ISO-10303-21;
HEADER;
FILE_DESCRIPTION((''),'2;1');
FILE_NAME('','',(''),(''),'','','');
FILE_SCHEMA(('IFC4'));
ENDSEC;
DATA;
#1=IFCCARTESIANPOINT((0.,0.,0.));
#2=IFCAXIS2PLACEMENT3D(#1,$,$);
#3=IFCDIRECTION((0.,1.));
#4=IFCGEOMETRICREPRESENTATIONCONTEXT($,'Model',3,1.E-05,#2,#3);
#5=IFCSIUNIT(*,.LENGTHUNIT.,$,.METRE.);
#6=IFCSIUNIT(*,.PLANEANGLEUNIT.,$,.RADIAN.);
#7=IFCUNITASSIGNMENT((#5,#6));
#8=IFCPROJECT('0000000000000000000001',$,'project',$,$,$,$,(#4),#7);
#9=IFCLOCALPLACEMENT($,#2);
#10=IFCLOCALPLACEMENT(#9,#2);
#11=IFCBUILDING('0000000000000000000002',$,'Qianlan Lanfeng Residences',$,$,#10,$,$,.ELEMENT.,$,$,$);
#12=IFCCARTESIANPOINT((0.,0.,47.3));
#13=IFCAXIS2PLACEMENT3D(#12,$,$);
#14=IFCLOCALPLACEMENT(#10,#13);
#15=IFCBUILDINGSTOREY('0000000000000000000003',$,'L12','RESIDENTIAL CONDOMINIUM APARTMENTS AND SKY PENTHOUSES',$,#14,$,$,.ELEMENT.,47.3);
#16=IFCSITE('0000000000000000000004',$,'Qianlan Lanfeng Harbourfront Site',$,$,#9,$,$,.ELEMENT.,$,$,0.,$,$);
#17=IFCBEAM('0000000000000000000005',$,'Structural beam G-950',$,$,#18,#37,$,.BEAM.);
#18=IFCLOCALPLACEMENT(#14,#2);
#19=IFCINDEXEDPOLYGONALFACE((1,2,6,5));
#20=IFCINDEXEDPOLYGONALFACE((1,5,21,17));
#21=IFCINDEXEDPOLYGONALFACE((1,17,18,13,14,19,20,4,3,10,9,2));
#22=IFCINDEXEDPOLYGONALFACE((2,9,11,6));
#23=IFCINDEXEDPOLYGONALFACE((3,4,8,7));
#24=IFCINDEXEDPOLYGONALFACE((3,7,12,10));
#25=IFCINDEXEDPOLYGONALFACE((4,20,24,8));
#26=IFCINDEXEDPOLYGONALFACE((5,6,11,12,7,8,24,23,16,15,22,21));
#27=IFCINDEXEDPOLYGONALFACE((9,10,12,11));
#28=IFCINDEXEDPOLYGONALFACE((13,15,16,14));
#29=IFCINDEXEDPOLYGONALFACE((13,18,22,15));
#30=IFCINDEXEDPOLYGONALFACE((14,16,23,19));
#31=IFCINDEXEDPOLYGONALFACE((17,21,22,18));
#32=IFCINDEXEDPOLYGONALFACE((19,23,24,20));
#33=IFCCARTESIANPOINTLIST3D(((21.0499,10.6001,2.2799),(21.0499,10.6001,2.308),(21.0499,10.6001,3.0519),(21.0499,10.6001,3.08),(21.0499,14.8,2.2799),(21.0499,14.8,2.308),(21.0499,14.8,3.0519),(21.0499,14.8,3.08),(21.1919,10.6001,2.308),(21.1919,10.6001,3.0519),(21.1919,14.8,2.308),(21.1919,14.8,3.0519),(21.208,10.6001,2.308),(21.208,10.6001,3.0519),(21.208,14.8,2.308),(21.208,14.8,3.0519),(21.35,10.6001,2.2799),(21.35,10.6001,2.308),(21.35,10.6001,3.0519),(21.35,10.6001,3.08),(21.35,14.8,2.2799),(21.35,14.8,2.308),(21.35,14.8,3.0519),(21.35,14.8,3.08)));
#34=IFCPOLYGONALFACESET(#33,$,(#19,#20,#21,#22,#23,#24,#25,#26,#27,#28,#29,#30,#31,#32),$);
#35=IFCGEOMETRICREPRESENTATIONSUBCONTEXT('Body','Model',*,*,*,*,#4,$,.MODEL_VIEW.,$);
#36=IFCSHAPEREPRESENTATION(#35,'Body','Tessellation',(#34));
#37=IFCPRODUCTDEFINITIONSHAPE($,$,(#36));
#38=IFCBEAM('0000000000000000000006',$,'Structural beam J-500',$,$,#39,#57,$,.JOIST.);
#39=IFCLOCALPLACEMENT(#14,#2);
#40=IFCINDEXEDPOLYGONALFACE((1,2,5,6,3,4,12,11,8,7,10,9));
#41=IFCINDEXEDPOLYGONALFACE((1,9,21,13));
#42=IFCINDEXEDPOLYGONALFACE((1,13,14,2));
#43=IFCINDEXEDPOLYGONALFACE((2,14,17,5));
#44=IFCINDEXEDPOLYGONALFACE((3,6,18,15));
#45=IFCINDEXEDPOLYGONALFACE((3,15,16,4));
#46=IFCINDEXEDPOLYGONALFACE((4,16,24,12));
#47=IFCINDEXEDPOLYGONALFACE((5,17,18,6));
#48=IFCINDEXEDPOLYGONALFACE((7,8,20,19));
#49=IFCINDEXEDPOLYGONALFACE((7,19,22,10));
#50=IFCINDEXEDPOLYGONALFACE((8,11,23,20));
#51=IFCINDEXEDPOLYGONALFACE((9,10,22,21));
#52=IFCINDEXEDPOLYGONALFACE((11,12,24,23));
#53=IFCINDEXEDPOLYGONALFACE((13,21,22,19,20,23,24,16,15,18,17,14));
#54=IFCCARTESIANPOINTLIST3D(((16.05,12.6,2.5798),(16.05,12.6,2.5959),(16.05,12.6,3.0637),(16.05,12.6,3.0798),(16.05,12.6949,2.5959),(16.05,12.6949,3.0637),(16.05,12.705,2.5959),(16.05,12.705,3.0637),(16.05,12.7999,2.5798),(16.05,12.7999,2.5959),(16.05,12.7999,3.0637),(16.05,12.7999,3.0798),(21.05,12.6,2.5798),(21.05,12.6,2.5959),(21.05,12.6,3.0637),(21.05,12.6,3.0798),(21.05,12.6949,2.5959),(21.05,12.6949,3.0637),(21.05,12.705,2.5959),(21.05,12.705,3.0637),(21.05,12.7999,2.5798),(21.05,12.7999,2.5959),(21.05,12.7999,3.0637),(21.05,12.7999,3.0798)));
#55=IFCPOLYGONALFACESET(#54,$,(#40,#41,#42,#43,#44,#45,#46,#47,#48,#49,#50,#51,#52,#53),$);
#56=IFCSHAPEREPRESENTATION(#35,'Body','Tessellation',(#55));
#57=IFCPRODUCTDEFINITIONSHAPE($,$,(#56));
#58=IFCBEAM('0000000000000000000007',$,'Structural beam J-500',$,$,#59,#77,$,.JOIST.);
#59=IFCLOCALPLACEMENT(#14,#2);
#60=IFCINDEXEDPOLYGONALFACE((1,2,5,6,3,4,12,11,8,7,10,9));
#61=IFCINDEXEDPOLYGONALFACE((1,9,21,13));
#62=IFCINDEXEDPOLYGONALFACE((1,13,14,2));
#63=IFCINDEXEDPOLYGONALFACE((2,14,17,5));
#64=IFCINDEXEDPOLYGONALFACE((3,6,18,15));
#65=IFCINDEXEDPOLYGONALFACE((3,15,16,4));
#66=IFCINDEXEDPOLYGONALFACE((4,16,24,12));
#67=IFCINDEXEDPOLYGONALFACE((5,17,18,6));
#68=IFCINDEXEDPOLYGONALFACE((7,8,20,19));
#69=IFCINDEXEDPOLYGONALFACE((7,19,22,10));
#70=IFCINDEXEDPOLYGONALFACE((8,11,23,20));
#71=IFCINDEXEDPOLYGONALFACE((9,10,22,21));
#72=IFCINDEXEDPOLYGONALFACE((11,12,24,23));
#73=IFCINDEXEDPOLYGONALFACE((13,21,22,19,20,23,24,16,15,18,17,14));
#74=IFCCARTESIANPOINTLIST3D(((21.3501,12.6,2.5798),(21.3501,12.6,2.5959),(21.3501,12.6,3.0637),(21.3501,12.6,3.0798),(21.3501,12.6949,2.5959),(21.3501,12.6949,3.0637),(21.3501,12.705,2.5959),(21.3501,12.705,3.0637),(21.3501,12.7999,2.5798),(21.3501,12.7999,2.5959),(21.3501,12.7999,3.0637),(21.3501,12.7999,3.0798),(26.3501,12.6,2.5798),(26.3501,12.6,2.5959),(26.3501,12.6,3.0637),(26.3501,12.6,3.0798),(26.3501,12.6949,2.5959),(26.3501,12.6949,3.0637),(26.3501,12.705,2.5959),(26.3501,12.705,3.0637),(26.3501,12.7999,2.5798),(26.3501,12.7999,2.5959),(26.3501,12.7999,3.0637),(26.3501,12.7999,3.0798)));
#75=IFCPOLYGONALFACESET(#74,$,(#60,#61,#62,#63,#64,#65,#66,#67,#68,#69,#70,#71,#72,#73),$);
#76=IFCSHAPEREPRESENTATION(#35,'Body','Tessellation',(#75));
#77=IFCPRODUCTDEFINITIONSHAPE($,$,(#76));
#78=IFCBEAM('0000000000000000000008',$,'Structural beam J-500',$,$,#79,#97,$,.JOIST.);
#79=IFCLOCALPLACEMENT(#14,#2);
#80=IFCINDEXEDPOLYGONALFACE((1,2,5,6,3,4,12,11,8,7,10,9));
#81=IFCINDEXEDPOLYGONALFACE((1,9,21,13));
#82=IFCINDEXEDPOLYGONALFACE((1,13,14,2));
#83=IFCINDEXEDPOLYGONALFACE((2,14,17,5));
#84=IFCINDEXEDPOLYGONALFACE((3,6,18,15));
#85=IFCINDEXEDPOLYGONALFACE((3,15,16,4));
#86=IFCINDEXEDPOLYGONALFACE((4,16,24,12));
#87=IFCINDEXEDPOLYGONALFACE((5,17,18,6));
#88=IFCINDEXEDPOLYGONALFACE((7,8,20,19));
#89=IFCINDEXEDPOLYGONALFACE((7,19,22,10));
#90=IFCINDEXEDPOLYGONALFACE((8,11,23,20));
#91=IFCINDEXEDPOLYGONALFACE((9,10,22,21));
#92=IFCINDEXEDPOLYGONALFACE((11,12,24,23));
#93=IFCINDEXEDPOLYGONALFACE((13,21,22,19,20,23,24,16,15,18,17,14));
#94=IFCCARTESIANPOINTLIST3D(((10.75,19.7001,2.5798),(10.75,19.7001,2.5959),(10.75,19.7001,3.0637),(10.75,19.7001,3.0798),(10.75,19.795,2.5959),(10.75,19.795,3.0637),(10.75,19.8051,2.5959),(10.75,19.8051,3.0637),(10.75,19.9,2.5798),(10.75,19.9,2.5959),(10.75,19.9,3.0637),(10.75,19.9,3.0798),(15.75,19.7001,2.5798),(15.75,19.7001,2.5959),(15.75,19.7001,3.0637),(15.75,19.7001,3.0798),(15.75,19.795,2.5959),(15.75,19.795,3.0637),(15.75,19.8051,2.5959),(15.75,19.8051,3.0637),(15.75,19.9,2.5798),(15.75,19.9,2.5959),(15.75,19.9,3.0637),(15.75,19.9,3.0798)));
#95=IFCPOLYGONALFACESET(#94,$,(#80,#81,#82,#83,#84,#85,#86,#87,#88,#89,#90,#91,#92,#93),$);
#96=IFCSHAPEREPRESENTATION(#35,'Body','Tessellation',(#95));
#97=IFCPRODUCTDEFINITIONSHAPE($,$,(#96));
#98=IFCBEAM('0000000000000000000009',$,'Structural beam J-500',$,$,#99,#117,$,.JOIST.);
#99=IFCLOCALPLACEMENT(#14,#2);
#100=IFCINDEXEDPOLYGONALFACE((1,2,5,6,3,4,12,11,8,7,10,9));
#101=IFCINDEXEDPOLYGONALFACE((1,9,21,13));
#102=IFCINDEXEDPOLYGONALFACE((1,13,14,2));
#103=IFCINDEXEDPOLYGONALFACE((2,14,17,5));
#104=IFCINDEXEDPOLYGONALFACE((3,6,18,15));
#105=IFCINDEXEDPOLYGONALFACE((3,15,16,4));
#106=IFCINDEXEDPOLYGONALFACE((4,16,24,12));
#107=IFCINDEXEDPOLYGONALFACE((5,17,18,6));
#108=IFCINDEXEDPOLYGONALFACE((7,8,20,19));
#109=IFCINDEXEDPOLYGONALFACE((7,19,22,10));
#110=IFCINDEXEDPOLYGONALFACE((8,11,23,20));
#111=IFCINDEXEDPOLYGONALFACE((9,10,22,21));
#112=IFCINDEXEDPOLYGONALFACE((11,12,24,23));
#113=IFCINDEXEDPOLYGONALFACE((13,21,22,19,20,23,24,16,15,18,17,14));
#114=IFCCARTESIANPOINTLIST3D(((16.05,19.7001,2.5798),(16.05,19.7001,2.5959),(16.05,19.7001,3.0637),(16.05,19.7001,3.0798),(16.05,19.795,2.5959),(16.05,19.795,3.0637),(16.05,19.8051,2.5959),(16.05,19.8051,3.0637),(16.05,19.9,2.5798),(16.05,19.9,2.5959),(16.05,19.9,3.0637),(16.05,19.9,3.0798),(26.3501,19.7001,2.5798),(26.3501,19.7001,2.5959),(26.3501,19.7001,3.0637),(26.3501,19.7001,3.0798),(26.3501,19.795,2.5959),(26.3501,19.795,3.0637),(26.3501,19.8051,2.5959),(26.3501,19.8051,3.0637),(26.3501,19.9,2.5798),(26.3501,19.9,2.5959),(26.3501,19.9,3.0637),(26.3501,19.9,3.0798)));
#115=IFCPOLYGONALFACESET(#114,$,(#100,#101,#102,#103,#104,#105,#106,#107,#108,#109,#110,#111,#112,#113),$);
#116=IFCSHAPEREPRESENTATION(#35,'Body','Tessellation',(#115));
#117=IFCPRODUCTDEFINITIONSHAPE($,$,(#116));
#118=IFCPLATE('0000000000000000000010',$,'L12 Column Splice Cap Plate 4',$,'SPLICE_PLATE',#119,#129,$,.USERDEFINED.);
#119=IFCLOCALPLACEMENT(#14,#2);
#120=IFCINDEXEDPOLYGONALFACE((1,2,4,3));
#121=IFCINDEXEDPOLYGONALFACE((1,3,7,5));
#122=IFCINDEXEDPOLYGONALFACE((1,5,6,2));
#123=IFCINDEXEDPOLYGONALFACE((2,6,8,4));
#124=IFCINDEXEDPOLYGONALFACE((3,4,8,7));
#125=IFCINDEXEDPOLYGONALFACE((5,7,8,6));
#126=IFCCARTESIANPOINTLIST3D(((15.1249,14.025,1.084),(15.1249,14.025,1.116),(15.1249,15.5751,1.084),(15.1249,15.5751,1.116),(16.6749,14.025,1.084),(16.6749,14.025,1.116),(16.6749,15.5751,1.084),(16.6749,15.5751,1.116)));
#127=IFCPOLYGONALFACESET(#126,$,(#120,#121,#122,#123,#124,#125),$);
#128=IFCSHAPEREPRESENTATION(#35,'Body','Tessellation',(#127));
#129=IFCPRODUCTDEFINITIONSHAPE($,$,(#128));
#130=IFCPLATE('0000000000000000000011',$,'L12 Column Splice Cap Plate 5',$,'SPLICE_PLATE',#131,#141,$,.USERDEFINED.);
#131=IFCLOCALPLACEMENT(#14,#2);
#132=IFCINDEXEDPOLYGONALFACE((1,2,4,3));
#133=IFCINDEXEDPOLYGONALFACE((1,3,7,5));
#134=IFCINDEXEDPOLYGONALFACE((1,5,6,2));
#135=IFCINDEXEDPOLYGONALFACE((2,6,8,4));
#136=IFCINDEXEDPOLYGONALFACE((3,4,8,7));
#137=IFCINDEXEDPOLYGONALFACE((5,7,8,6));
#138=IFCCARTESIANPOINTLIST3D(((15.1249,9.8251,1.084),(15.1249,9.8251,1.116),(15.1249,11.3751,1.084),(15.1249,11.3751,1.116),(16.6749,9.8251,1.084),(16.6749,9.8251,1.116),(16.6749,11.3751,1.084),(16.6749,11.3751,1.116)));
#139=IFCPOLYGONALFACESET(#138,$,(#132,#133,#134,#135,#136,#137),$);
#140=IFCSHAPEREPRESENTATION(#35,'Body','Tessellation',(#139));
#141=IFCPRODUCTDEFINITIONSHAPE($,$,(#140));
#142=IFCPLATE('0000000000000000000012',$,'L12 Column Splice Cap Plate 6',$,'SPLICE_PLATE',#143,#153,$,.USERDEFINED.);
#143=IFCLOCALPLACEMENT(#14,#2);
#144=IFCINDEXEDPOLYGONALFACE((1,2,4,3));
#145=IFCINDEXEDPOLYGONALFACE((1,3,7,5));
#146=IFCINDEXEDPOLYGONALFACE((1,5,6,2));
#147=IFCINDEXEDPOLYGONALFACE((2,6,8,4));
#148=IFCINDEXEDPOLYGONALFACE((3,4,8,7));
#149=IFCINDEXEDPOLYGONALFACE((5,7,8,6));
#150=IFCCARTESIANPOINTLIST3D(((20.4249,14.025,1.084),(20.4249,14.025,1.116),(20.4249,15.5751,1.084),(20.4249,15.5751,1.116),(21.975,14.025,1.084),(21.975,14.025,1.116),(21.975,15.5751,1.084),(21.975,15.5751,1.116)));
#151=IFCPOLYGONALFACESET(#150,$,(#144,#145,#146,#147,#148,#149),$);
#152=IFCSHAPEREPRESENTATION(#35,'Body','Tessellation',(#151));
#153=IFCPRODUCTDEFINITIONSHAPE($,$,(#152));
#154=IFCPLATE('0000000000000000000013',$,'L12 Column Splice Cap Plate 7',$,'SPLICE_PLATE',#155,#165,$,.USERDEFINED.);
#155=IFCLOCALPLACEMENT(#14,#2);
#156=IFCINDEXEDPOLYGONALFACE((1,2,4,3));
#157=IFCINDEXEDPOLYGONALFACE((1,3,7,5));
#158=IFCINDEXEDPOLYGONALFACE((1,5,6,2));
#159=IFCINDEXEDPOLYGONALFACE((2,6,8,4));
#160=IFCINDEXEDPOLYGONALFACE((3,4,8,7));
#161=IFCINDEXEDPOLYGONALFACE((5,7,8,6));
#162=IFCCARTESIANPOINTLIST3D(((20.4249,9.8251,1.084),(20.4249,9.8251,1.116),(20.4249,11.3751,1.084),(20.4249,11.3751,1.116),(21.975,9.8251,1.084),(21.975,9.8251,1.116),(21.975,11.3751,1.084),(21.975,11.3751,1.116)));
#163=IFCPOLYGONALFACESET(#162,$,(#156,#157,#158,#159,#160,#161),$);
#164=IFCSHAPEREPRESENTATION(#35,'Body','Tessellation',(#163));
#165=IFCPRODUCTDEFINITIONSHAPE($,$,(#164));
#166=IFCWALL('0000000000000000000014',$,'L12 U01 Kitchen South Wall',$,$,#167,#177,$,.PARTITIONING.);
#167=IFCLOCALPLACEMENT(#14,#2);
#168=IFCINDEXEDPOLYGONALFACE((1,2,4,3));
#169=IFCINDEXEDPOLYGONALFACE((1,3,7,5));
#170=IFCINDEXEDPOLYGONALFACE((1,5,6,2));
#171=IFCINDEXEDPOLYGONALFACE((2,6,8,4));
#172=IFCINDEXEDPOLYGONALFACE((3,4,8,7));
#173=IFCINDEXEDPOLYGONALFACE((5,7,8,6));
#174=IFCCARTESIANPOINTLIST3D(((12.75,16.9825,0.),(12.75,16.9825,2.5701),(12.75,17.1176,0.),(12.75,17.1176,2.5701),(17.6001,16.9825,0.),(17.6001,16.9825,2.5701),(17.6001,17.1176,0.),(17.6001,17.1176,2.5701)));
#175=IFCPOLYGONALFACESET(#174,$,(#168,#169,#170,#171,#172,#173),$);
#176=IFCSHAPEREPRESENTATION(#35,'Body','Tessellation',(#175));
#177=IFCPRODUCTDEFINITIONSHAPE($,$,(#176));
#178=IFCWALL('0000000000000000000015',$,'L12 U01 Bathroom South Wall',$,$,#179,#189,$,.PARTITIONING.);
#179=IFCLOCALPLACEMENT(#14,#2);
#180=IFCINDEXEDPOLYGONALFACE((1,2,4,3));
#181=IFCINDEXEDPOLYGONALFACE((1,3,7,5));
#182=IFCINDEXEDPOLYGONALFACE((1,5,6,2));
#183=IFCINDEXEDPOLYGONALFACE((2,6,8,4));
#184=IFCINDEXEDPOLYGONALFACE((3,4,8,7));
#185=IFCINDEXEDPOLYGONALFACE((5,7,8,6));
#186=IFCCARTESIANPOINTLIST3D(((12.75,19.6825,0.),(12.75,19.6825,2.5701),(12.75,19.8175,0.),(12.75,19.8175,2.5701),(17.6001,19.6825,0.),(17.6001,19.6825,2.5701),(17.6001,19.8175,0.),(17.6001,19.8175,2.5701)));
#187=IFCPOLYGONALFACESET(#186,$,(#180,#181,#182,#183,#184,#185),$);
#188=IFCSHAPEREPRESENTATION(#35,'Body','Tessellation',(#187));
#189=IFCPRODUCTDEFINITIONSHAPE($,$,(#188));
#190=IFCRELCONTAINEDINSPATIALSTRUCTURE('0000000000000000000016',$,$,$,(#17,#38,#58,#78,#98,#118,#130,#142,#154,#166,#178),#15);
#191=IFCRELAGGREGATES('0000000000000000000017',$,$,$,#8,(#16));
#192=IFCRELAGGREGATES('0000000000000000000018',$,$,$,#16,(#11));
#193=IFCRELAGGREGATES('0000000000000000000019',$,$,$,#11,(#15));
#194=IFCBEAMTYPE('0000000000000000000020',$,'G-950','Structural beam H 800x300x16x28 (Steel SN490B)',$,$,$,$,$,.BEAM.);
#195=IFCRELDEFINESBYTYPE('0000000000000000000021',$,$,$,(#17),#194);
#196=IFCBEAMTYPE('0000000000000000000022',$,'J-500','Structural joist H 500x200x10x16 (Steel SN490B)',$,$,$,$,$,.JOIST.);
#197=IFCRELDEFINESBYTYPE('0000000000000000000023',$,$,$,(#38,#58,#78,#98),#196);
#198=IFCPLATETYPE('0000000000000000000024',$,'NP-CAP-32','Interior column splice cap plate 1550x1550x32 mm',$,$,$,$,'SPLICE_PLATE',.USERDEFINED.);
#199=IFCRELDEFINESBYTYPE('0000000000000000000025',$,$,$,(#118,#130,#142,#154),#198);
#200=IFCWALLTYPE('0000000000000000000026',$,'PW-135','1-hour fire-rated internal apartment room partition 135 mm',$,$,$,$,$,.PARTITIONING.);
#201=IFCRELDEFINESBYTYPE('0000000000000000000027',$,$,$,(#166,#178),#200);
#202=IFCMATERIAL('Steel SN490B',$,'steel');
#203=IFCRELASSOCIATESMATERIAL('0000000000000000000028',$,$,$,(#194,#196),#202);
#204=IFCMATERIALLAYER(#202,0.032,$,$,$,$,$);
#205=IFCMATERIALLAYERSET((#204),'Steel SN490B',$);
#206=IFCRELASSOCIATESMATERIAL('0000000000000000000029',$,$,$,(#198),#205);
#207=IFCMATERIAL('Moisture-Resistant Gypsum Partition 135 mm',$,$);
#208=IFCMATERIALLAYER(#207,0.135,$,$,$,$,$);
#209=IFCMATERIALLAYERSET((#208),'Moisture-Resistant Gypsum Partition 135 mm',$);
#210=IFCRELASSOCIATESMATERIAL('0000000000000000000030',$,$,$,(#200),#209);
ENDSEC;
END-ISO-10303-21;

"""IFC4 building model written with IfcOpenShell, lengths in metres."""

from ifc_helpers import new_model, si_unit, direction, frame, frame_2d, origin, origin_2d, place, context, subcontext, project, spatial, rectangle, i_section, extrude, source, transform, mapped, material, layer, layer_set, material_profile, profile_set, type_object, element, save


model = new_model("IFC4")

# Units and contexts
model_context = context("Model", 3, precision=1e-05, world=origin(), true_north=direction((0.0, 1.0)))
body_context = subcontext(model_context, "Body", "Model", "MODEL_VIEW")
ifc_project = project(units=[si_unit("LENGTHUNIT", "METRE"), si_unit("PLANEANGLEUNIT", "RADIAN")], contexts=[model_context])

# Site, building, storey
site_placement = place(None, origin())
site = spatial("IfcSite", under=ifc_project, at=site_placement, Name="Qianlan Lanfeng Harbourfront Site", CompositionType="ELEMENT", RefElevation=0.0)
building_placement = place(site_placement, origin())
building = spatial("IfcBuilding", under=site, at=building_placement, Name="Qianlan Lanfeng Residences", CompositionType="ELEMENT")
storey_placement = place(building_placement, frame((0.0, 0.0, 47.3)))
storey = spatial("IfcBuildingStorey", under=building, at=storey_placement, Name="L12", Description="RESIDENTIAL CONDOMINIUM APARTMENTS AND SKY PENTHOUSES", CompositionType="ELEMENT", Elevation=47.3)

# Beams
ifc_material_1 = material(Name="Steel SN490B", Category="steel")
ifc_material_profile_1 = material_profile(ifc_material_1, i_section(OverallWidth=0.3, OverallDepth=0.8, WebThickness=0.0161, FlangeThickness=0.0281, at=origin_2d()), Name="H 800x300x16x28")
ifc_profile_set_1 = profile_set([ifc_material_profile_1], Name="Steel SN490B")
beam_type_1 = type_object("IfcBeamType", Name="G-950", Description="Structural beam H 800x300x16x28 (Steel SN490B)", PredefinedType="BEAM", material=ifc_profile_set_1)
beam_1_placement = place(storey_placement, frame((21.2, 10.6001, 2.6799), z_axis=(0.0, 1.0, 0.0), x_axis=(-1.0, 0.0, 0.0)))
element("IfcBeam", 1, at=beam_1_placement, inside=storey, type_object=beam_type_1, Name="Structural beam G-950", PredefinedType="BEAM", context=body_context, shape_type="SweptSolid", body=[
    extrude(i_section(OverallWidth=0.3, OverallDepth=0.8, WebThickness=0.0161, FlangeThickness=0.0281, at=origin_2d()), origin(), (0.0, 0.0, 1.0), 4.2),
])
ifc_material_profile_2 = material_profile(ifc_material_1, i_section(OverallWidth=0.2, OverallDepth=0.5, WebThickness=0.01, FlangeThickness=0.0161, at=origin_2d()), Name="H 500x200x10x16")
ifc_profile_set_2 = profile_set([ifc_material_profile_2], Name="Steel SN490B")
beam_type_2 = type_object("IfcBeamType", Name="J-500", Description="Structural joist H 500x200x10x16 (Steel SN490B)", PredefinedType="JOIST", material=ifc_profile_set_2)
for number, where, z_axis, x_axis, name in (
    (2, (16.05, 12.7, 2.8298), (1.0, 0.0, 0.0), (0.0, 1.0, 0.0), "Structural beam J-500"),
    (3, (21.3501, 12.7, 2.8298), (1.0, 0.0, 0.0), (0.0, 1.0, 0.0), "Structural beam J-500"),
    (4, (10.75, 19.8, 2.8298), (1.0, 0.0, 0.0), (0.0, 1.0, 0.0), "Structural beam J-500"),
):
    element("IfcBeam", number, at=place(storey_placement, frame(where, z_axis=z_axis, x_axis=x_axis)), inside=storey, type_object=beam_type_2, Name=name, PredefinedType="JOIST", context=body_context, shape_type="SweptSolid", body=[
        extrude(i_section(OverallWidth=0.2, OverallDepth=0.5, WebThickness=0.01, FlangeThickness=0.0161, at=origin_2d()), origin(), (0.0, 0.0, 1.0), 5.0),
    ])
beam_2_placement = place(storey_placement, frame((16.05, 19.8, 2.8298), z_axis=(1.0, 0.0, 0.0), x_axis=(0.0, 1.0, 0.0)))
element("IfcBeam", 5, at=beam_2_placement, inside=storey, type_object=beam_type_2, Name="Structural beam J-500", PredefinedType="JOIST", context=body_context, shape_type="SweptSolid", body=[
    extrude(i_section(OverallWidth=0.2, OverallDepth=0.5, WebThickness=0.01, FlangeThickness=0.0161, at=origin_2d()), origin(), (0.0, 0.0, 1.0), 10.3),
])

# Plates
ifc_layer_1 = layer(ifc_material_1, 0.032)
ifc_layer_set_1 = layer_set([ifc_layer_1], Name="Steel SN490B")
plate_type = type_object("IfcPlateType", Name="NP-CAP-32", Description="Interior column splice cap plate 1550x1550x32 mm", ElementType="SPLICE_PLATE", PredefinedType="USERDEFINED", material=ifc_layer_set_1)
shared_shape = source(origin(), body_context, "Body", "SweptSolid", [
    extrude(rectangle(XDim=1.55, YDim=1.55, at=origin_2d()), origin(), (0.0, 0.0, 1.0), 0.032),
])
for number, where, z_axis, x_axis, name in (
    (6, (15.8999, 14.8, 1.084), (0.0, 0.0, 1.0), (1.0, 0.0, 0.0), "L12 Column Splice Cap Plate 4"),
    (7, (15.8999, 10.6001, 1.084), (0.0, 0.0, 1.0), (1.0, 0.0, 0.0), "L12 Column Splice Cap Plate 5"),
    (8, (21.2, 14.8, 1.084), (0.0, 0.0, 1.0), (1.0, 0.0, 0.0), "L12 Column Splice Cap Plate 6"),
    (9, (21.2, 10.6001, 1.084), (0.0, 0.0, 1.0), (1.0, 0.0, 0.0), "L12 Column Splice Cap Plate 7"),
):
    element("IfcPlate", number, at=place(storey_placement, frame(where, z_axis=z_axis, x_axis=x_axis)), inside=storey, type_object=plate_type, Name=name, ObjectType="SPLICE_PLATE", PredefinedType="USERDEFINED", context=body_context, shape_type="MappedRepresentation", body=[
        mapped(shared_shape, transform((0.0, 0.0, 0.0), scale=1.0)),
    ])

# Walls
ifc_material_2 = material(Name="Moisture-Resistant Gypsum Partition 135 mm")
ifc_layer_2 = layer(ifc_material_2, 0.135)
ifc_layer_set_2 = layer_set([ifc_layer_2], Name="Moisture-Resistant Gypsum Partition 135 mm")
wall_type = type_object("IfcWallType", Name="PW-135", Description="1-hour fire-rated internal apartment room partition 135 mm", PredefinedType="PARTITIONING", material=ifc_layer_set_2)
for number, where, z_axis, x_axis, name in (
    (10, (12.75, 17.05, 0.0), (0.0, 0.0, 1.0), (1.0, 0.0, 0.0), "L12 U01 Kitchen South Wall"),
    (11, (12.75, 19.75, 0.0), (0.0, 0.0, 1.0), (1.0, 0.0, 0.0), "L12 U01 Bathroom South Wall"),
):
    element("IfcWall", number, at=place(storey_placement, frame(where, z_axis=z_axis, x_axis=x_axis)), inside=storey, type_object=wall_type, Name=name, PredefinedType="PARTITIONING", context=body_context, shape_type="SweptSolid", body=[
        extrude(rectangle(XDim=4.8501, YDim=0.135, at=frame_2d((2.425, 0.0))), origin(), (0.0, 0.0, 1.0), 2.5701),
    ])

save(model, "model.ifc")
